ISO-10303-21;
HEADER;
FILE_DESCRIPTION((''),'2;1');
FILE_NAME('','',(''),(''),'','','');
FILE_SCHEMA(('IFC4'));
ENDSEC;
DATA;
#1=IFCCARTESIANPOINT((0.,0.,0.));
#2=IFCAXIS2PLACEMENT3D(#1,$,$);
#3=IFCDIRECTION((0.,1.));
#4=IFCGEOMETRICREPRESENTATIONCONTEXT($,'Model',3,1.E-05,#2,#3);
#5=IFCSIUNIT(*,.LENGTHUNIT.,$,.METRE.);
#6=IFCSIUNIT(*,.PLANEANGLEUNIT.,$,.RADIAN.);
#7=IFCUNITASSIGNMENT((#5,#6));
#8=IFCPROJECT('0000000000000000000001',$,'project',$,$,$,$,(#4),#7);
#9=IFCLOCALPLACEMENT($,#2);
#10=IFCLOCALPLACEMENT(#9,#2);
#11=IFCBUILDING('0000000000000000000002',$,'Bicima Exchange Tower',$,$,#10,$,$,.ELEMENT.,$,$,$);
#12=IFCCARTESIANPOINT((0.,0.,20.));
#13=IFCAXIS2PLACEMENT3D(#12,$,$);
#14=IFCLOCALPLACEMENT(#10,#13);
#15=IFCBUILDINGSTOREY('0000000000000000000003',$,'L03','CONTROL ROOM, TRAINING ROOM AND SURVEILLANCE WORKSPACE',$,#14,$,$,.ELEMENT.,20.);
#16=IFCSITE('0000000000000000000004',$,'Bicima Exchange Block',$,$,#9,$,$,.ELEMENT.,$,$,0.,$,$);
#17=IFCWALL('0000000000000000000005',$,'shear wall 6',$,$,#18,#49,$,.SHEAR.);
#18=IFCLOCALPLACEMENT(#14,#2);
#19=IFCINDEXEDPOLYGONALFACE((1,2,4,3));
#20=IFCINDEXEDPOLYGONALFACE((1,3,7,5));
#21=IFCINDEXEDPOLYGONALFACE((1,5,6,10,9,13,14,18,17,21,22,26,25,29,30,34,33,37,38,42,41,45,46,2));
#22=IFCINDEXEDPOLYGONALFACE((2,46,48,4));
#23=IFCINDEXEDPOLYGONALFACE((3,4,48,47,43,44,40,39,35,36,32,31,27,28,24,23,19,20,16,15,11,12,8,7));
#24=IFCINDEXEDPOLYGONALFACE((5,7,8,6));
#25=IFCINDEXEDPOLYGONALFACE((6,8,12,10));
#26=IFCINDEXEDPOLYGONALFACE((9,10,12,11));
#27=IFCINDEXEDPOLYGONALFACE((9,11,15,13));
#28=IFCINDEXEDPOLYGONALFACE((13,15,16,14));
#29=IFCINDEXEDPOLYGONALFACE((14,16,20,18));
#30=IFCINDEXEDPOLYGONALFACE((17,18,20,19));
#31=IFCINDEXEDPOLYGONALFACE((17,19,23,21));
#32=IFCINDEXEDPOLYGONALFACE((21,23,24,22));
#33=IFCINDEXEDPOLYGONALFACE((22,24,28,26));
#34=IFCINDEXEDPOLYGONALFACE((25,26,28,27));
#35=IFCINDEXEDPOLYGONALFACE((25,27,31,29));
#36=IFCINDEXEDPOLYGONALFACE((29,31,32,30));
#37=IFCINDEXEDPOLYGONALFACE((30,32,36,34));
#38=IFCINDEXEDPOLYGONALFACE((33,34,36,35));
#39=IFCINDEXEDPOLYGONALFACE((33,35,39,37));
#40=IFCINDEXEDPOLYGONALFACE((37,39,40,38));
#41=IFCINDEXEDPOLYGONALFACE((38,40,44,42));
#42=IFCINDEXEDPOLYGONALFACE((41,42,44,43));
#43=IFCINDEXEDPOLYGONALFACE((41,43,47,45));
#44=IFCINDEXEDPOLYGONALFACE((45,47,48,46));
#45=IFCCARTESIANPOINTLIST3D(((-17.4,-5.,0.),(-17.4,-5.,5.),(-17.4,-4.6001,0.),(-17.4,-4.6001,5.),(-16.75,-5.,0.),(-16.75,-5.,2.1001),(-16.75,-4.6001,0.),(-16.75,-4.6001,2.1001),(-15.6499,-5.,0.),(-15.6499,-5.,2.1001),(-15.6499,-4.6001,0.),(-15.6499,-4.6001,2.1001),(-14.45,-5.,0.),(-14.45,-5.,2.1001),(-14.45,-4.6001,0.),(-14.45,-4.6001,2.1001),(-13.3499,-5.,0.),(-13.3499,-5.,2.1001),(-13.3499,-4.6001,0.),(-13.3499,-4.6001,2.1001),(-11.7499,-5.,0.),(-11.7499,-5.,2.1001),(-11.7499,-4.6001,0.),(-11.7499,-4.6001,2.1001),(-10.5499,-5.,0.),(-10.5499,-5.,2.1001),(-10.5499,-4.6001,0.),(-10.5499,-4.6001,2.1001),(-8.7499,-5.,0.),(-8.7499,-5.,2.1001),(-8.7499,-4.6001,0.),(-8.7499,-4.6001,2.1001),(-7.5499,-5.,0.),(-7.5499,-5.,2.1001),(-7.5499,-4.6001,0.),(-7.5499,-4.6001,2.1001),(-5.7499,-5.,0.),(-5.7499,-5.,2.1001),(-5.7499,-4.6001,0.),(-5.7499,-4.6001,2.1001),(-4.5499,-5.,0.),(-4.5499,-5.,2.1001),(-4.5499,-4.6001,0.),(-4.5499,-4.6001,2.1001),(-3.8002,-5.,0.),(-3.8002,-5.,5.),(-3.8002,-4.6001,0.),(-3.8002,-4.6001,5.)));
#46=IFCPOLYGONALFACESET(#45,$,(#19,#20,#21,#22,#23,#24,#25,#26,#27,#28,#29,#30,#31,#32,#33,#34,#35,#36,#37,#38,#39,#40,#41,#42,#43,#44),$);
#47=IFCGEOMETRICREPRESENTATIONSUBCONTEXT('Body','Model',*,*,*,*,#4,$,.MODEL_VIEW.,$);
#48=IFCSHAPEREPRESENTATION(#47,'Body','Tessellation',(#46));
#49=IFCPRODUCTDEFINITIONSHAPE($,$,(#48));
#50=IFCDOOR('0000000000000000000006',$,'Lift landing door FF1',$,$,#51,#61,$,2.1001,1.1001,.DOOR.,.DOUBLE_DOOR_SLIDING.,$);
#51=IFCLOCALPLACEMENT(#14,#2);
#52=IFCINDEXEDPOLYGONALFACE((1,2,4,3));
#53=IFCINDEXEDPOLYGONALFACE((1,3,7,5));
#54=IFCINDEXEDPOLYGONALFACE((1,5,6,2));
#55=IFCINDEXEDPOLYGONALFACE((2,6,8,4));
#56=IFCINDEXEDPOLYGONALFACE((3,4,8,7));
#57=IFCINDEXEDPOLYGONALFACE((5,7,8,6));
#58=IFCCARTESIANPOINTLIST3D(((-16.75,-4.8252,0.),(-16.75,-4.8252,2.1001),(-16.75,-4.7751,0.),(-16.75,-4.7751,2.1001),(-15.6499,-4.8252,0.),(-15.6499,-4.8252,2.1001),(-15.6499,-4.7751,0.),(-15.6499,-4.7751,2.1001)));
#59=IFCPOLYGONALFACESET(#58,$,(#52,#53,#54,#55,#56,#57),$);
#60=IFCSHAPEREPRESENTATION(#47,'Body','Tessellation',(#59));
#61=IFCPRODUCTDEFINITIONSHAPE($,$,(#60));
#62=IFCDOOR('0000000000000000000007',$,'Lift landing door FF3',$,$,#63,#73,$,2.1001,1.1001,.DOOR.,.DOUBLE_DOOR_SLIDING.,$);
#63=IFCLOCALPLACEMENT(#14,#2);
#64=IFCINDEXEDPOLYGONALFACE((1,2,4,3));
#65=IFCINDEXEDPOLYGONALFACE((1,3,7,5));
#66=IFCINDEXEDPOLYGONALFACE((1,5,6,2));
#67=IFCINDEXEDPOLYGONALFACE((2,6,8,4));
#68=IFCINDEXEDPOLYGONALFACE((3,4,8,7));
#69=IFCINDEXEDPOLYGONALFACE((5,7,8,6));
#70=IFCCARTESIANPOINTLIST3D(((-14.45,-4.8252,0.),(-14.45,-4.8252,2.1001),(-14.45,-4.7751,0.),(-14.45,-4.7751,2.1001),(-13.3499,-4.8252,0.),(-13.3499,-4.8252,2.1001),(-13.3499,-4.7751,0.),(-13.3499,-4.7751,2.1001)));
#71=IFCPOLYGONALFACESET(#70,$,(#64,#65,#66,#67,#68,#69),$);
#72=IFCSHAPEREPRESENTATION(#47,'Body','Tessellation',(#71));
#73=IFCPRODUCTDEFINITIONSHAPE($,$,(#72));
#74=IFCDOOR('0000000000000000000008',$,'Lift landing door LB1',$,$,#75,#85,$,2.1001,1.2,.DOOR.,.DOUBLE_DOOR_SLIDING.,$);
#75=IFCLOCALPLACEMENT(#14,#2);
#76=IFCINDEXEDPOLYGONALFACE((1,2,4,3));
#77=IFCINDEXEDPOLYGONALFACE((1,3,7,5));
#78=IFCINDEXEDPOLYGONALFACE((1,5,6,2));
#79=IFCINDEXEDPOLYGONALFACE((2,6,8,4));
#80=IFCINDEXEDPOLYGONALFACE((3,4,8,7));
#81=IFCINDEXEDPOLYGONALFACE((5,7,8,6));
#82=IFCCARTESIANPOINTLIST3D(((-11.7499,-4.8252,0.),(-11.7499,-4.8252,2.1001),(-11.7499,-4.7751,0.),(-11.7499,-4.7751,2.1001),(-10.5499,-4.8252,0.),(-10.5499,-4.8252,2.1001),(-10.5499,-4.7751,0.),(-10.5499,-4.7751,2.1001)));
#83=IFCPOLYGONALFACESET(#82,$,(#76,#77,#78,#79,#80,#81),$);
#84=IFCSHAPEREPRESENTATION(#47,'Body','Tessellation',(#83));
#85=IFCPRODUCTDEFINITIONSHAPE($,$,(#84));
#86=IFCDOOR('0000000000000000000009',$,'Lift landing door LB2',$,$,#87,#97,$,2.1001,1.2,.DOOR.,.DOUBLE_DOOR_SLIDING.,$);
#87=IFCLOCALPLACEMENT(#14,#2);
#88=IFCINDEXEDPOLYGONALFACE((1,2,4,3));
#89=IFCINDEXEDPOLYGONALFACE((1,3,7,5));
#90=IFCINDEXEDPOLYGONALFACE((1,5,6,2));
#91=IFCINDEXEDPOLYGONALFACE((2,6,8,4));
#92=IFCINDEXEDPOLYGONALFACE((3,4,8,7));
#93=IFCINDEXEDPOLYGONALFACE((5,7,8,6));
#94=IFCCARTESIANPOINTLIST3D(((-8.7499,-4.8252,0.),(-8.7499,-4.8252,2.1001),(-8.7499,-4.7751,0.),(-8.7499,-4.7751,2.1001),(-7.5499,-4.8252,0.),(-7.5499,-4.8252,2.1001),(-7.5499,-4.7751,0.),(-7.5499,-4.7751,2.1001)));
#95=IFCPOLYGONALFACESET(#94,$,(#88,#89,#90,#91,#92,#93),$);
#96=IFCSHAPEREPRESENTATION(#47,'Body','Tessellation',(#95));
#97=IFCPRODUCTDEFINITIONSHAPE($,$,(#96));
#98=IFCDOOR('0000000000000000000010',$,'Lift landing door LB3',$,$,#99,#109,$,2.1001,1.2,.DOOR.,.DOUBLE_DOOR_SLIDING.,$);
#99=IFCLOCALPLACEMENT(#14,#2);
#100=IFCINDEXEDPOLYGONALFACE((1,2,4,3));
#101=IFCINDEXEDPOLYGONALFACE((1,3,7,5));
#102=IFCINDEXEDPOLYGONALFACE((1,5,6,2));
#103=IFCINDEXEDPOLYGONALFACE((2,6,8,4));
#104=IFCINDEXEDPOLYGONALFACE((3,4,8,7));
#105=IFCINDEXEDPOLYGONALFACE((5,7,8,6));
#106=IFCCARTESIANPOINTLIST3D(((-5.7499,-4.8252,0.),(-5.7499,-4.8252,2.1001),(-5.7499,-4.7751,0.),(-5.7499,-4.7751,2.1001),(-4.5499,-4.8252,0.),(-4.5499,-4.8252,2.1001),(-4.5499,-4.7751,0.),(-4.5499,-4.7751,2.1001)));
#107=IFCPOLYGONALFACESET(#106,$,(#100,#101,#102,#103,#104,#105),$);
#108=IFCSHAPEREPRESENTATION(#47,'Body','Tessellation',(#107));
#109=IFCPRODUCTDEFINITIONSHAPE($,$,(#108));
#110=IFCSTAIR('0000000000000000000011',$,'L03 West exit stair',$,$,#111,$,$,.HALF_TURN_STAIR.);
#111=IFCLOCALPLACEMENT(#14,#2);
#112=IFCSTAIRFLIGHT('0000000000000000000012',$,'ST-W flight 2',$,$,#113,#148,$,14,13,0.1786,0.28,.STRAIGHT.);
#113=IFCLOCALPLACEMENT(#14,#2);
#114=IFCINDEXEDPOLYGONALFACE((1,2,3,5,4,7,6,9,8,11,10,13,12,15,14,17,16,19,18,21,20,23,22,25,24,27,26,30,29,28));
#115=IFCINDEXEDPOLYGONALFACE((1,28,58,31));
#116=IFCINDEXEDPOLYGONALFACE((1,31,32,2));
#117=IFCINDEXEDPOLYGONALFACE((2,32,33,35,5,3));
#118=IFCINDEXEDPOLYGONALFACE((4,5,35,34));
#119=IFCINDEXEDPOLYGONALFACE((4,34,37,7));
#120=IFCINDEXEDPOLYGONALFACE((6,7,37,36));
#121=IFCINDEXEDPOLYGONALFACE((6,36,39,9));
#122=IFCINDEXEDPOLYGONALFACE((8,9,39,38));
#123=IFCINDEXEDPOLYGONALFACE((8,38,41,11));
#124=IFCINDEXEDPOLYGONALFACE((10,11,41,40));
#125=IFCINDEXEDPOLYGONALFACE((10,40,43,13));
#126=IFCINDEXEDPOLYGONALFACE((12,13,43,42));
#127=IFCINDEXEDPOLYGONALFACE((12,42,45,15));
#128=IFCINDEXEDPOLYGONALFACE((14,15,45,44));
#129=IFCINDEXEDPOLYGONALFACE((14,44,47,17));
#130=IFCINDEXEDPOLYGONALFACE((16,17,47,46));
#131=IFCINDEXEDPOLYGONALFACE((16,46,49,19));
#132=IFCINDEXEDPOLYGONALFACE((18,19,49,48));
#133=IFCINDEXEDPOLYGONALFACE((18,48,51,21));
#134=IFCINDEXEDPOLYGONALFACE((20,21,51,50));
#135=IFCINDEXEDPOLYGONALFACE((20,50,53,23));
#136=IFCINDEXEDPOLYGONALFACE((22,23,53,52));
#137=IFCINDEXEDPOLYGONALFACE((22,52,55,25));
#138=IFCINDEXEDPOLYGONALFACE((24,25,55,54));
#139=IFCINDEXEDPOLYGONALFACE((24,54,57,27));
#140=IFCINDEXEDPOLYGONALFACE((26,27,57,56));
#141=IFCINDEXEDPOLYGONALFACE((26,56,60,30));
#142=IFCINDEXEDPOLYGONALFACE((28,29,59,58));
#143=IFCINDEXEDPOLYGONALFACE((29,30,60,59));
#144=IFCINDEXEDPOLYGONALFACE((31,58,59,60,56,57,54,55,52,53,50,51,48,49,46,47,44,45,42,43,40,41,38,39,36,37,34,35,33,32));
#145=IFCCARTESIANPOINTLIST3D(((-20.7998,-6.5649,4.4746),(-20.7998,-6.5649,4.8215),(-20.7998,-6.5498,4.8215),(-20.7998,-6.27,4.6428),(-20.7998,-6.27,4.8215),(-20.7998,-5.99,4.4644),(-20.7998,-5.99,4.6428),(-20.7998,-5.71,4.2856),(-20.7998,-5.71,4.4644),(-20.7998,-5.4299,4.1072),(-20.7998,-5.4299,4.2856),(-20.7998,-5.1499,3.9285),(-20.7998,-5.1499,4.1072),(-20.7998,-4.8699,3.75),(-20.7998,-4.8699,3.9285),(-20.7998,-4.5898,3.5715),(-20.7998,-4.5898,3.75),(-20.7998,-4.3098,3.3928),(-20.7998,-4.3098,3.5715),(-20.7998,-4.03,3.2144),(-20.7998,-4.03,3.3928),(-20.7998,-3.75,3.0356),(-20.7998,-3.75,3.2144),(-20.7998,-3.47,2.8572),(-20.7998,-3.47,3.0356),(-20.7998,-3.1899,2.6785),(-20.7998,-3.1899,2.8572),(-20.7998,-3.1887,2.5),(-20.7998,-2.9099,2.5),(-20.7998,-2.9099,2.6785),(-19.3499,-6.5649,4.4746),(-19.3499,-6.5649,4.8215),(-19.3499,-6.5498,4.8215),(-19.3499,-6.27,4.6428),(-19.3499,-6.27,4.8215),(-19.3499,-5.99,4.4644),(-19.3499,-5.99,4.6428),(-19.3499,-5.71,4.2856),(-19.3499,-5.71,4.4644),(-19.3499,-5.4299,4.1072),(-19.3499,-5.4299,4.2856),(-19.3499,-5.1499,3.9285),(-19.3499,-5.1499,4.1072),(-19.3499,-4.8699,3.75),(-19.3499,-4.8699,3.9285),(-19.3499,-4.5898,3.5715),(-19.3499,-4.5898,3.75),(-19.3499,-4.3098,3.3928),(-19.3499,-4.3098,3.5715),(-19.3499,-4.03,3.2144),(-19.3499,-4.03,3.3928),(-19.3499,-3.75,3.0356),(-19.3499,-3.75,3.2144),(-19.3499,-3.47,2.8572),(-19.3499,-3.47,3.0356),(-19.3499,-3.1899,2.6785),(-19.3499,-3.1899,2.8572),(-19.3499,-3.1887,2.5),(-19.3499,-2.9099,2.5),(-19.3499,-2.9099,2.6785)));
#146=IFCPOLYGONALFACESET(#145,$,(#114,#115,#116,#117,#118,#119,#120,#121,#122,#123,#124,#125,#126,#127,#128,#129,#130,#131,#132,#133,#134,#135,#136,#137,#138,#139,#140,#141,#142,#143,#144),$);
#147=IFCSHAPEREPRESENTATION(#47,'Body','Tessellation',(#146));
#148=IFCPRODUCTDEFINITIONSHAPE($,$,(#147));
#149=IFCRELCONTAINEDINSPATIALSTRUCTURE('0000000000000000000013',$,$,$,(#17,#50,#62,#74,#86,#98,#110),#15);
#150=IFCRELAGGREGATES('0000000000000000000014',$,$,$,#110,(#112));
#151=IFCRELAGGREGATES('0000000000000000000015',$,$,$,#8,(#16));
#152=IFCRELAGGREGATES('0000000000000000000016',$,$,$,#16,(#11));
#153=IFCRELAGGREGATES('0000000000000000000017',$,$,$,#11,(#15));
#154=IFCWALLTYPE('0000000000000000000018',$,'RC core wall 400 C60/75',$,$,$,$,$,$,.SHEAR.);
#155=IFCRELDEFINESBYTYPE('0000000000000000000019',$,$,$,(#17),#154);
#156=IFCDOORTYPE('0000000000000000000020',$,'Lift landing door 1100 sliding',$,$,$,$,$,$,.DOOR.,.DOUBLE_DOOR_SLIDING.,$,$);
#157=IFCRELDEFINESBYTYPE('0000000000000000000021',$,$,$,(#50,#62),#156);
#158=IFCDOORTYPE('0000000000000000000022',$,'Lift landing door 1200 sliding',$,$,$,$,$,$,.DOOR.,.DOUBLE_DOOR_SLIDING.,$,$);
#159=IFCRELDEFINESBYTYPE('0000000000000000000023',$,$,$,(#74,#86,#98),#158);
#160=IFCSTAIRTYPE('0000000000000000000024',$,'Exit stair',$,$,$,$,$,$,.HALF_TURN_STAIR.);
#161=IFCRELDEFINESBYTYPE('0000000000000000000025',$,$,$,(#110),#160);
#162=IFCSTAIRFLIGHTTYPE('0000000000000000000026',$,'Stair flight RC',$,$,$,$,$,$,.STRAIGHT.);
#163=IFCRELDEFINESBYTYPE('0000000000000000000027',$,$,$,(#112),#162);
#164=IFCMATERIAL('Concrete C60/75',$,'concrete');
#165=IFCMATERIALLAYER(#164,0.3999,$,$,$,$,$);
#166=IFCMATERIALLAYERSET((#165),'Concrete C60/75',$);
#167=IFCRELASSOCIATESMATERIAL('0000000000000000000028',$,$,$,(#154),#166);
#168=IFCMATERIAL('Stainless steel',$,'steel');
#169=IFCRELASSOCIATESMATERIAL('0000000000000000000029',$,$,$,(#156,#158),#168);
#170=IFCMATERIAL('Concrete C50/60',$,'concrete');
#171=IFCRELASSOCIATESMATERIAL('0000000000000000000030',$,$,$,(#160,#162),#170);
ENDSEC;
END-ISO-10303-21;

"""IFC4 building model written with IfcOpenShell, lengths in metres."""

from ifc_helpers import new_model, si_unit, direction, frame, frame_2d, origin, place, context, subcontext, project, spatial, polyline, rectangle, outline, extrude, material, layer, layer_set, type_object, element, fill, aggregate, save


model = new_model("IFC4")

# Units and contexts
model_context = context("Model", 3, precision=1e-05, world=origin(), true_north=direction((0.0, 1.0)))
body_context = subcontext(model_context, "Body", "Model", "MODEL_VIEW")
ifc_project = project(units=[si_unit("LENGTHUNIT", "METRE"), si_unit("PLANEANGLEUNIT", "RADIAN")], contexts=[model_context])

# Site, building, storey
site_placement = place(None, origin())
site = spatial("IfcSite", under=ifc_project, at=site_placement, Name="Bicima Exchange Block", CompositionType="ELEMENT", RefElevation=0.0)
building_placement = place(site_placement, origin())
building = spatial("IfcBuilding", under=site, at=building_placement, Name="Bicima Exchange Tower", CompositionType="ELEMENT")
storey_placement = place(building_placement, frame((0.0, 0.0, 20.0)))
storey = spatial("IfcBuildingStorey", under=building, at=storey_placement, Name="L03", Description="CONTROL ROOM, TRAINING ROOM AND SURVEILLANCE WORKSPACE", CompositionType="ELEMENT", Elevation=20.0)

# Shared definitions
ifc_material_1 = material(Name="Concrete C60/75", Category="concrete")

# Shared definitions
ifc_material_2 = material(Name="Concrete C50/60", Category="concrete")

# Wall, openings, doors
ifc_layer_1 = layer(ifc_material_1, 0.3999)
ifc_layer_set_1 = layer_set([ifc_layer_1], Name="Concrete C60/75")
wall_type_1 = type_object("IfcWallType", Name="RC core wall 400 C60/75", PredefinedType="SHEAR", material=ifc_layer_set_1)
wall_placement = place(storey_placement, frame((-17.3999, -4.8, 0.0), z_axis=(0.0, 0.0, 1.0), x_axis=(1.0, 0.0, 0.0)))
wall = element("IfcWall", 1, at=wall_placement, inside=storey, type_object=wall_type_1, Name="shear wall 6", PredefinedType="SHEAR", context=body_context, shape_type="SweptSolid", body=[
    extrude(rectangle(XDim=13.5999, YDim=0.3999, at=frame_2d((6.7998, 0.0))), origin(), (0.0, 0.0, 1.0), 5.0),
])
opening_1_placement = place(wall_placement, frame((0.6499, 0.0, 0.0)))
opening_1 = element("IfcOpeningElement", 2, at=opening_1_placement, cuts=wall, PredefinedType="OPENING", context=body_context, shape_type="SweptSolid", body=[
    extrude(rectangle(XDim=1.1001, YDim=2.1001, at=frame_2d((0.55, 1.05))), frame((0.0, 0.2119, 0.0), z_axis=(0.0, -1.0, 0.0), x_axis=(1.0, 0.0, 0.0)), (0.0, 0.0, 1.0), 0.4238),
])
opening_2_placement = place(wall_placement, frame((2.95, 0.0, 0.0)))
opening_2 = element("IfcOpeningElement", 3, at=opening_2_placement, cuts=wall, PredefinedType="OPENING", context=body_context, shape_type="SweptSolid", body=[
    extrude(rectangle(XDim=1.1001, YDim=2.1001, at=frame_2d((0.55, 1.05))), frame((0.0, 0.2119, 0.0), z_axis=(0.0, -1.0, 0.0), x_axis=(1.0, 0.0, 0.0)), (0.0, 0.0, 1.0), 0.4238),
])
opening_3_placement = place(wall_placement, frame((5.6499, 0.0, 0.0)))
opening_3 = element("IfcOpeningElement", 4, at=opening_3_placement, cuts=wall, PredefinedType="OPENING", context=body_context, shape_type="SweptSolid", body=[
    extrude(rectangle(XDim=1.2, YDim=2.1001, at=frame_2d((0.6001, 1.05))), frame((0.0, 0.2119, 0.0), z_axis=(0.0, -1.0, 0.0), x_axis=(1.0, 0.0, 0.0)), (0.0, 0.0, 1.0), 0.4238),
])
opening_4_placement = place(wall_placement, frame((8.6499, 0.0, 0.0)))
opening_4 = element("IfcOpeningElement", 5, at=opening_4_placement, cuts=wall, PredefinedType="OPENING", context=body_context, shape_type="SweptSolid", body=[
    extrude(rectangle(XDim=1.2, YDim=2.1001, at=frame_2d((0.6001, 1.05))), frame((0.0, 0.2119, 0.0), z_axis=(0.0, -1.0, 0.0), x_axis=(1.0, 0.0, 0.0)), (0.0, 0.0, 1.0), 0.4238),
])
opening_5_placement = place(wall_placement, frame((11.6499, 0.0, 0.0)))
opening_5 = element("IfcOpeningElement", 6, at=opening_5_placement, cuts=wall, PredefinedType="OPENING", context=body_context, shape_type="SweptSolid", body=[
    extrude(rectangle(XDim=1.2, YDim=2.1001, at=frame_2d((0.6001, 1.05))), frame((0.0, 0.2119, 0.0), z_axis=(0.0, -1.0, 0.0), x_axis=(1.0, 0.0, 0.0)), (0.0, 0.0, 1.0), 0.4238),
])
ifc_material_3 = material(Name="Stainless steel", Category="steel")
door_type_1 = type_object("IfcDoorType", Name="Lift landing door 1100 sliding", OperationType="DOUBLE_DOOR_SLIDING", PredefinedType="DOOR", material=ifc_material_3)
door_1_placement = place(opening_1_placement, origin())
door_1 = element("IfcDoor", 7, at=door_1_placement, inside=storey, type_object=door_type_1, Name="Lift landing door FF1", OperationType="DOUBLE_DOOR_SLIDING", OverallHeight=2.1001, OverallWidth=1.1001, PredefinedType="DOOR", context=body_context, shape_type="SweptSolid", body=[
    extrude(rectangle(XDim=1.1001, YDim=2.1001, at=frame_2d((0.55, 1.05))), frame((0.0, 0.0249, 0.0), z_axis=(0.0, -1.0, 0.0), x_axis=(1.0, 0.0, 0.0)), (0.0, 0.0, 1.0), 0.05),
])
fill(opening_1, door_1)
door_2_placement = place(opening_2_placement, origin())
door_2 = element("IfcDoor", 8, at=door_2_placement, inside=storey, type_object=door_type_1, Name="Lift landing door FF3", OperationType="DOUBLE_DOOR_SLIDING", OverallHeight=2.1001, OverallWidth=1.1001, PredefinedType="DOOR", context=body_context, shape_type="SweptSolid", body=[
    extrude(rectangle(XDim=1.1001, YDim=2.1001, at=frame_2d((0.55, 1.05))), frame((0.0, 0.0249, 0.0), z_axis=(0.0, -1.0, 0.0), x_axis=(1.0, 0.0, 0.0)), (0.0, 0.0, 1.0), 0.05),
])
fill(opening_2, door_2)
door_type_2 = type_object("IfcDoorType", Name="Lift landing door 1200 sliding", OperationType="DOUBLE_DOOR_SLIDING", PredefinedType="DOOR", material=ifc_material_3)
door_3_placement = place(opening_3_placement, origin())
door_3 = element("IfcDoor", 9, at=door_3_placement, inside=storey, type_object=door_type_2, Name="Lift landing door LB1", OperationType="DOUBLE_DOOR_SLIDING", OverallHeight=2.1001, OverallWidth=1.2, PredefinedType="DOOR", context=body_context, shape_type="SweptSolid", body=[
    extrude(rectangle(XDim=1.2, YDim=2.1001, at=frame_2d((0.6001, 1.05))), frame((0.0, 0.0249, 0.0), z_axis=(0.0, -1.0, 0.0), x_axis=(1.0, 0.0, 0.0)), (0.0, 0.0, 1.0), 0.05),
])
fill(opening_3, door_3)
door_4_placement = place(opening_4_placement, origin())
door_4 = element("IfcDoor", 10, at=door_4_placement, inside=storey, type_object=door_type_2, Name="Lift landing door LB2", OperationType="DOUBLE_DOOR_SLIDING", OverallHeight=2.1001, OverallWidth=1.2, PredefinedType="DOOR", context=body_context, shape_type="SweptSolid", body=[
    extrude(rectangle(XDim=1.2, YDim=2.1001, at=frame_2d((0.6001, 1.05))), frame((0.0, 0.0249, 0.0), z_axis=(0.0, -1.0, 0.0), x_axis=(1.0, 0.0, 0.0)), (0.0, 0.0, 1.0), 0.05),
])
fill(opening_4, door_4)
door_5_placement = place(opening_5_placement, origin())
door_5 = element("IfcDoor", 11, at=door_5_placement, inside=storey, type_object=door_type_2, Name="Lift landing door LB3", OperationType="DOUBLE_DOOR_SLIDING", OverallHeight=2.1001, OverallWidth=1.2, PredefinedType="DOOR", context=body_context, shape_type="SweptSolid", body=[
    extrude(rectangle(XDim=1.2, YDim=2.1001, at=frame_2d((0.6001, 1.05))), frame((0.0, 0.0249, 0.0), z_axis=(0.0, -1.0, 0.0), x_axis=(1.0, 0.0, 0.0)), (0.0, 0.0, 1.0), 0.05),
])
fill(opening_5, door_5)

# Stair, stair flight
stair_type_1 = type_object("IfcStairType", Name="Exit stair", PredefinedType="HALF_TURN_STAIR", material=ifc_material_2)
stair_1_placement = place(storey_placement, origin())
stair_1 = element("IfcStair", 12, at=stair_1_placement, inside=storey, type_object=stair_type_1, Name="L03 West exit stair", PredefinedType="HALF_TURN_STAIR")
stair_flight_type_1 = type_object("IfcStairFlightType", Name="Stair flight RC", PredefinedType="STRAIGHT", material=ifc_material_2)
stair_flight_1_placement = place(storey_placement, frame((-20.075, -2.9099, 2.5), z_axis=(0.0, 0.0, 1.0), x_axis=(0.0, -1.0, 0.0)))
stair_flight_1 = element("IfcStairFlight", 13, at=stair_flight_1_placement, type_object=stair_flight_type_1, Name="ST-W flight 2", NumberOfRisers=14, NumberOfTreads=13, PredefinedType="STRAIGHT", RiserHeight=0.1786, TreadLength=0.28, context=body_context, shape_type="SweptSolid", body=[
    extrude(outline(polyline([(0.0, 0.0), (0.0, 0.1785), (0.28, 0.1785), (0.28, 0.3572), (0.5601, 0.3572), (0.5601, 0.5356), (0.8401, 0.5356), (0.8401, 0.7144), (1.1201, 0.7144), (1.1201, 0.8928), (1.3999, 0.8928), (1.3999, 1.0715), (1.6799, 1.0715), (1.6799, 1.25), (1.96, 1.25), (1.96, 1.4285), (2.24, 1.4285), (2.24, 1.6072), (2.52, 1.6072), (2.52, 1.7856), (2.8, 1.7856), (2.8, 1.9644), (3.0801, 1.9644), (3.0801, 2.1428), (3.3601, 2.1428), (3.3601, 2.3215), (3.6399, 2.3215), (3.655, 2.3215), (3.655, 1.9746), (0.2788, 0.0), (0.0, 0.0)])), frame((0.0, 0.7251, 0.0), z_axis=(0.0, -1.0, 0.0), x_axis=(1.0, 0.0, 0.0)), (0.0, 0.0, 1.0), 1.45),
])
aggregate(stair_1, [stair_flight_1])

save(model, "model.ifc")
